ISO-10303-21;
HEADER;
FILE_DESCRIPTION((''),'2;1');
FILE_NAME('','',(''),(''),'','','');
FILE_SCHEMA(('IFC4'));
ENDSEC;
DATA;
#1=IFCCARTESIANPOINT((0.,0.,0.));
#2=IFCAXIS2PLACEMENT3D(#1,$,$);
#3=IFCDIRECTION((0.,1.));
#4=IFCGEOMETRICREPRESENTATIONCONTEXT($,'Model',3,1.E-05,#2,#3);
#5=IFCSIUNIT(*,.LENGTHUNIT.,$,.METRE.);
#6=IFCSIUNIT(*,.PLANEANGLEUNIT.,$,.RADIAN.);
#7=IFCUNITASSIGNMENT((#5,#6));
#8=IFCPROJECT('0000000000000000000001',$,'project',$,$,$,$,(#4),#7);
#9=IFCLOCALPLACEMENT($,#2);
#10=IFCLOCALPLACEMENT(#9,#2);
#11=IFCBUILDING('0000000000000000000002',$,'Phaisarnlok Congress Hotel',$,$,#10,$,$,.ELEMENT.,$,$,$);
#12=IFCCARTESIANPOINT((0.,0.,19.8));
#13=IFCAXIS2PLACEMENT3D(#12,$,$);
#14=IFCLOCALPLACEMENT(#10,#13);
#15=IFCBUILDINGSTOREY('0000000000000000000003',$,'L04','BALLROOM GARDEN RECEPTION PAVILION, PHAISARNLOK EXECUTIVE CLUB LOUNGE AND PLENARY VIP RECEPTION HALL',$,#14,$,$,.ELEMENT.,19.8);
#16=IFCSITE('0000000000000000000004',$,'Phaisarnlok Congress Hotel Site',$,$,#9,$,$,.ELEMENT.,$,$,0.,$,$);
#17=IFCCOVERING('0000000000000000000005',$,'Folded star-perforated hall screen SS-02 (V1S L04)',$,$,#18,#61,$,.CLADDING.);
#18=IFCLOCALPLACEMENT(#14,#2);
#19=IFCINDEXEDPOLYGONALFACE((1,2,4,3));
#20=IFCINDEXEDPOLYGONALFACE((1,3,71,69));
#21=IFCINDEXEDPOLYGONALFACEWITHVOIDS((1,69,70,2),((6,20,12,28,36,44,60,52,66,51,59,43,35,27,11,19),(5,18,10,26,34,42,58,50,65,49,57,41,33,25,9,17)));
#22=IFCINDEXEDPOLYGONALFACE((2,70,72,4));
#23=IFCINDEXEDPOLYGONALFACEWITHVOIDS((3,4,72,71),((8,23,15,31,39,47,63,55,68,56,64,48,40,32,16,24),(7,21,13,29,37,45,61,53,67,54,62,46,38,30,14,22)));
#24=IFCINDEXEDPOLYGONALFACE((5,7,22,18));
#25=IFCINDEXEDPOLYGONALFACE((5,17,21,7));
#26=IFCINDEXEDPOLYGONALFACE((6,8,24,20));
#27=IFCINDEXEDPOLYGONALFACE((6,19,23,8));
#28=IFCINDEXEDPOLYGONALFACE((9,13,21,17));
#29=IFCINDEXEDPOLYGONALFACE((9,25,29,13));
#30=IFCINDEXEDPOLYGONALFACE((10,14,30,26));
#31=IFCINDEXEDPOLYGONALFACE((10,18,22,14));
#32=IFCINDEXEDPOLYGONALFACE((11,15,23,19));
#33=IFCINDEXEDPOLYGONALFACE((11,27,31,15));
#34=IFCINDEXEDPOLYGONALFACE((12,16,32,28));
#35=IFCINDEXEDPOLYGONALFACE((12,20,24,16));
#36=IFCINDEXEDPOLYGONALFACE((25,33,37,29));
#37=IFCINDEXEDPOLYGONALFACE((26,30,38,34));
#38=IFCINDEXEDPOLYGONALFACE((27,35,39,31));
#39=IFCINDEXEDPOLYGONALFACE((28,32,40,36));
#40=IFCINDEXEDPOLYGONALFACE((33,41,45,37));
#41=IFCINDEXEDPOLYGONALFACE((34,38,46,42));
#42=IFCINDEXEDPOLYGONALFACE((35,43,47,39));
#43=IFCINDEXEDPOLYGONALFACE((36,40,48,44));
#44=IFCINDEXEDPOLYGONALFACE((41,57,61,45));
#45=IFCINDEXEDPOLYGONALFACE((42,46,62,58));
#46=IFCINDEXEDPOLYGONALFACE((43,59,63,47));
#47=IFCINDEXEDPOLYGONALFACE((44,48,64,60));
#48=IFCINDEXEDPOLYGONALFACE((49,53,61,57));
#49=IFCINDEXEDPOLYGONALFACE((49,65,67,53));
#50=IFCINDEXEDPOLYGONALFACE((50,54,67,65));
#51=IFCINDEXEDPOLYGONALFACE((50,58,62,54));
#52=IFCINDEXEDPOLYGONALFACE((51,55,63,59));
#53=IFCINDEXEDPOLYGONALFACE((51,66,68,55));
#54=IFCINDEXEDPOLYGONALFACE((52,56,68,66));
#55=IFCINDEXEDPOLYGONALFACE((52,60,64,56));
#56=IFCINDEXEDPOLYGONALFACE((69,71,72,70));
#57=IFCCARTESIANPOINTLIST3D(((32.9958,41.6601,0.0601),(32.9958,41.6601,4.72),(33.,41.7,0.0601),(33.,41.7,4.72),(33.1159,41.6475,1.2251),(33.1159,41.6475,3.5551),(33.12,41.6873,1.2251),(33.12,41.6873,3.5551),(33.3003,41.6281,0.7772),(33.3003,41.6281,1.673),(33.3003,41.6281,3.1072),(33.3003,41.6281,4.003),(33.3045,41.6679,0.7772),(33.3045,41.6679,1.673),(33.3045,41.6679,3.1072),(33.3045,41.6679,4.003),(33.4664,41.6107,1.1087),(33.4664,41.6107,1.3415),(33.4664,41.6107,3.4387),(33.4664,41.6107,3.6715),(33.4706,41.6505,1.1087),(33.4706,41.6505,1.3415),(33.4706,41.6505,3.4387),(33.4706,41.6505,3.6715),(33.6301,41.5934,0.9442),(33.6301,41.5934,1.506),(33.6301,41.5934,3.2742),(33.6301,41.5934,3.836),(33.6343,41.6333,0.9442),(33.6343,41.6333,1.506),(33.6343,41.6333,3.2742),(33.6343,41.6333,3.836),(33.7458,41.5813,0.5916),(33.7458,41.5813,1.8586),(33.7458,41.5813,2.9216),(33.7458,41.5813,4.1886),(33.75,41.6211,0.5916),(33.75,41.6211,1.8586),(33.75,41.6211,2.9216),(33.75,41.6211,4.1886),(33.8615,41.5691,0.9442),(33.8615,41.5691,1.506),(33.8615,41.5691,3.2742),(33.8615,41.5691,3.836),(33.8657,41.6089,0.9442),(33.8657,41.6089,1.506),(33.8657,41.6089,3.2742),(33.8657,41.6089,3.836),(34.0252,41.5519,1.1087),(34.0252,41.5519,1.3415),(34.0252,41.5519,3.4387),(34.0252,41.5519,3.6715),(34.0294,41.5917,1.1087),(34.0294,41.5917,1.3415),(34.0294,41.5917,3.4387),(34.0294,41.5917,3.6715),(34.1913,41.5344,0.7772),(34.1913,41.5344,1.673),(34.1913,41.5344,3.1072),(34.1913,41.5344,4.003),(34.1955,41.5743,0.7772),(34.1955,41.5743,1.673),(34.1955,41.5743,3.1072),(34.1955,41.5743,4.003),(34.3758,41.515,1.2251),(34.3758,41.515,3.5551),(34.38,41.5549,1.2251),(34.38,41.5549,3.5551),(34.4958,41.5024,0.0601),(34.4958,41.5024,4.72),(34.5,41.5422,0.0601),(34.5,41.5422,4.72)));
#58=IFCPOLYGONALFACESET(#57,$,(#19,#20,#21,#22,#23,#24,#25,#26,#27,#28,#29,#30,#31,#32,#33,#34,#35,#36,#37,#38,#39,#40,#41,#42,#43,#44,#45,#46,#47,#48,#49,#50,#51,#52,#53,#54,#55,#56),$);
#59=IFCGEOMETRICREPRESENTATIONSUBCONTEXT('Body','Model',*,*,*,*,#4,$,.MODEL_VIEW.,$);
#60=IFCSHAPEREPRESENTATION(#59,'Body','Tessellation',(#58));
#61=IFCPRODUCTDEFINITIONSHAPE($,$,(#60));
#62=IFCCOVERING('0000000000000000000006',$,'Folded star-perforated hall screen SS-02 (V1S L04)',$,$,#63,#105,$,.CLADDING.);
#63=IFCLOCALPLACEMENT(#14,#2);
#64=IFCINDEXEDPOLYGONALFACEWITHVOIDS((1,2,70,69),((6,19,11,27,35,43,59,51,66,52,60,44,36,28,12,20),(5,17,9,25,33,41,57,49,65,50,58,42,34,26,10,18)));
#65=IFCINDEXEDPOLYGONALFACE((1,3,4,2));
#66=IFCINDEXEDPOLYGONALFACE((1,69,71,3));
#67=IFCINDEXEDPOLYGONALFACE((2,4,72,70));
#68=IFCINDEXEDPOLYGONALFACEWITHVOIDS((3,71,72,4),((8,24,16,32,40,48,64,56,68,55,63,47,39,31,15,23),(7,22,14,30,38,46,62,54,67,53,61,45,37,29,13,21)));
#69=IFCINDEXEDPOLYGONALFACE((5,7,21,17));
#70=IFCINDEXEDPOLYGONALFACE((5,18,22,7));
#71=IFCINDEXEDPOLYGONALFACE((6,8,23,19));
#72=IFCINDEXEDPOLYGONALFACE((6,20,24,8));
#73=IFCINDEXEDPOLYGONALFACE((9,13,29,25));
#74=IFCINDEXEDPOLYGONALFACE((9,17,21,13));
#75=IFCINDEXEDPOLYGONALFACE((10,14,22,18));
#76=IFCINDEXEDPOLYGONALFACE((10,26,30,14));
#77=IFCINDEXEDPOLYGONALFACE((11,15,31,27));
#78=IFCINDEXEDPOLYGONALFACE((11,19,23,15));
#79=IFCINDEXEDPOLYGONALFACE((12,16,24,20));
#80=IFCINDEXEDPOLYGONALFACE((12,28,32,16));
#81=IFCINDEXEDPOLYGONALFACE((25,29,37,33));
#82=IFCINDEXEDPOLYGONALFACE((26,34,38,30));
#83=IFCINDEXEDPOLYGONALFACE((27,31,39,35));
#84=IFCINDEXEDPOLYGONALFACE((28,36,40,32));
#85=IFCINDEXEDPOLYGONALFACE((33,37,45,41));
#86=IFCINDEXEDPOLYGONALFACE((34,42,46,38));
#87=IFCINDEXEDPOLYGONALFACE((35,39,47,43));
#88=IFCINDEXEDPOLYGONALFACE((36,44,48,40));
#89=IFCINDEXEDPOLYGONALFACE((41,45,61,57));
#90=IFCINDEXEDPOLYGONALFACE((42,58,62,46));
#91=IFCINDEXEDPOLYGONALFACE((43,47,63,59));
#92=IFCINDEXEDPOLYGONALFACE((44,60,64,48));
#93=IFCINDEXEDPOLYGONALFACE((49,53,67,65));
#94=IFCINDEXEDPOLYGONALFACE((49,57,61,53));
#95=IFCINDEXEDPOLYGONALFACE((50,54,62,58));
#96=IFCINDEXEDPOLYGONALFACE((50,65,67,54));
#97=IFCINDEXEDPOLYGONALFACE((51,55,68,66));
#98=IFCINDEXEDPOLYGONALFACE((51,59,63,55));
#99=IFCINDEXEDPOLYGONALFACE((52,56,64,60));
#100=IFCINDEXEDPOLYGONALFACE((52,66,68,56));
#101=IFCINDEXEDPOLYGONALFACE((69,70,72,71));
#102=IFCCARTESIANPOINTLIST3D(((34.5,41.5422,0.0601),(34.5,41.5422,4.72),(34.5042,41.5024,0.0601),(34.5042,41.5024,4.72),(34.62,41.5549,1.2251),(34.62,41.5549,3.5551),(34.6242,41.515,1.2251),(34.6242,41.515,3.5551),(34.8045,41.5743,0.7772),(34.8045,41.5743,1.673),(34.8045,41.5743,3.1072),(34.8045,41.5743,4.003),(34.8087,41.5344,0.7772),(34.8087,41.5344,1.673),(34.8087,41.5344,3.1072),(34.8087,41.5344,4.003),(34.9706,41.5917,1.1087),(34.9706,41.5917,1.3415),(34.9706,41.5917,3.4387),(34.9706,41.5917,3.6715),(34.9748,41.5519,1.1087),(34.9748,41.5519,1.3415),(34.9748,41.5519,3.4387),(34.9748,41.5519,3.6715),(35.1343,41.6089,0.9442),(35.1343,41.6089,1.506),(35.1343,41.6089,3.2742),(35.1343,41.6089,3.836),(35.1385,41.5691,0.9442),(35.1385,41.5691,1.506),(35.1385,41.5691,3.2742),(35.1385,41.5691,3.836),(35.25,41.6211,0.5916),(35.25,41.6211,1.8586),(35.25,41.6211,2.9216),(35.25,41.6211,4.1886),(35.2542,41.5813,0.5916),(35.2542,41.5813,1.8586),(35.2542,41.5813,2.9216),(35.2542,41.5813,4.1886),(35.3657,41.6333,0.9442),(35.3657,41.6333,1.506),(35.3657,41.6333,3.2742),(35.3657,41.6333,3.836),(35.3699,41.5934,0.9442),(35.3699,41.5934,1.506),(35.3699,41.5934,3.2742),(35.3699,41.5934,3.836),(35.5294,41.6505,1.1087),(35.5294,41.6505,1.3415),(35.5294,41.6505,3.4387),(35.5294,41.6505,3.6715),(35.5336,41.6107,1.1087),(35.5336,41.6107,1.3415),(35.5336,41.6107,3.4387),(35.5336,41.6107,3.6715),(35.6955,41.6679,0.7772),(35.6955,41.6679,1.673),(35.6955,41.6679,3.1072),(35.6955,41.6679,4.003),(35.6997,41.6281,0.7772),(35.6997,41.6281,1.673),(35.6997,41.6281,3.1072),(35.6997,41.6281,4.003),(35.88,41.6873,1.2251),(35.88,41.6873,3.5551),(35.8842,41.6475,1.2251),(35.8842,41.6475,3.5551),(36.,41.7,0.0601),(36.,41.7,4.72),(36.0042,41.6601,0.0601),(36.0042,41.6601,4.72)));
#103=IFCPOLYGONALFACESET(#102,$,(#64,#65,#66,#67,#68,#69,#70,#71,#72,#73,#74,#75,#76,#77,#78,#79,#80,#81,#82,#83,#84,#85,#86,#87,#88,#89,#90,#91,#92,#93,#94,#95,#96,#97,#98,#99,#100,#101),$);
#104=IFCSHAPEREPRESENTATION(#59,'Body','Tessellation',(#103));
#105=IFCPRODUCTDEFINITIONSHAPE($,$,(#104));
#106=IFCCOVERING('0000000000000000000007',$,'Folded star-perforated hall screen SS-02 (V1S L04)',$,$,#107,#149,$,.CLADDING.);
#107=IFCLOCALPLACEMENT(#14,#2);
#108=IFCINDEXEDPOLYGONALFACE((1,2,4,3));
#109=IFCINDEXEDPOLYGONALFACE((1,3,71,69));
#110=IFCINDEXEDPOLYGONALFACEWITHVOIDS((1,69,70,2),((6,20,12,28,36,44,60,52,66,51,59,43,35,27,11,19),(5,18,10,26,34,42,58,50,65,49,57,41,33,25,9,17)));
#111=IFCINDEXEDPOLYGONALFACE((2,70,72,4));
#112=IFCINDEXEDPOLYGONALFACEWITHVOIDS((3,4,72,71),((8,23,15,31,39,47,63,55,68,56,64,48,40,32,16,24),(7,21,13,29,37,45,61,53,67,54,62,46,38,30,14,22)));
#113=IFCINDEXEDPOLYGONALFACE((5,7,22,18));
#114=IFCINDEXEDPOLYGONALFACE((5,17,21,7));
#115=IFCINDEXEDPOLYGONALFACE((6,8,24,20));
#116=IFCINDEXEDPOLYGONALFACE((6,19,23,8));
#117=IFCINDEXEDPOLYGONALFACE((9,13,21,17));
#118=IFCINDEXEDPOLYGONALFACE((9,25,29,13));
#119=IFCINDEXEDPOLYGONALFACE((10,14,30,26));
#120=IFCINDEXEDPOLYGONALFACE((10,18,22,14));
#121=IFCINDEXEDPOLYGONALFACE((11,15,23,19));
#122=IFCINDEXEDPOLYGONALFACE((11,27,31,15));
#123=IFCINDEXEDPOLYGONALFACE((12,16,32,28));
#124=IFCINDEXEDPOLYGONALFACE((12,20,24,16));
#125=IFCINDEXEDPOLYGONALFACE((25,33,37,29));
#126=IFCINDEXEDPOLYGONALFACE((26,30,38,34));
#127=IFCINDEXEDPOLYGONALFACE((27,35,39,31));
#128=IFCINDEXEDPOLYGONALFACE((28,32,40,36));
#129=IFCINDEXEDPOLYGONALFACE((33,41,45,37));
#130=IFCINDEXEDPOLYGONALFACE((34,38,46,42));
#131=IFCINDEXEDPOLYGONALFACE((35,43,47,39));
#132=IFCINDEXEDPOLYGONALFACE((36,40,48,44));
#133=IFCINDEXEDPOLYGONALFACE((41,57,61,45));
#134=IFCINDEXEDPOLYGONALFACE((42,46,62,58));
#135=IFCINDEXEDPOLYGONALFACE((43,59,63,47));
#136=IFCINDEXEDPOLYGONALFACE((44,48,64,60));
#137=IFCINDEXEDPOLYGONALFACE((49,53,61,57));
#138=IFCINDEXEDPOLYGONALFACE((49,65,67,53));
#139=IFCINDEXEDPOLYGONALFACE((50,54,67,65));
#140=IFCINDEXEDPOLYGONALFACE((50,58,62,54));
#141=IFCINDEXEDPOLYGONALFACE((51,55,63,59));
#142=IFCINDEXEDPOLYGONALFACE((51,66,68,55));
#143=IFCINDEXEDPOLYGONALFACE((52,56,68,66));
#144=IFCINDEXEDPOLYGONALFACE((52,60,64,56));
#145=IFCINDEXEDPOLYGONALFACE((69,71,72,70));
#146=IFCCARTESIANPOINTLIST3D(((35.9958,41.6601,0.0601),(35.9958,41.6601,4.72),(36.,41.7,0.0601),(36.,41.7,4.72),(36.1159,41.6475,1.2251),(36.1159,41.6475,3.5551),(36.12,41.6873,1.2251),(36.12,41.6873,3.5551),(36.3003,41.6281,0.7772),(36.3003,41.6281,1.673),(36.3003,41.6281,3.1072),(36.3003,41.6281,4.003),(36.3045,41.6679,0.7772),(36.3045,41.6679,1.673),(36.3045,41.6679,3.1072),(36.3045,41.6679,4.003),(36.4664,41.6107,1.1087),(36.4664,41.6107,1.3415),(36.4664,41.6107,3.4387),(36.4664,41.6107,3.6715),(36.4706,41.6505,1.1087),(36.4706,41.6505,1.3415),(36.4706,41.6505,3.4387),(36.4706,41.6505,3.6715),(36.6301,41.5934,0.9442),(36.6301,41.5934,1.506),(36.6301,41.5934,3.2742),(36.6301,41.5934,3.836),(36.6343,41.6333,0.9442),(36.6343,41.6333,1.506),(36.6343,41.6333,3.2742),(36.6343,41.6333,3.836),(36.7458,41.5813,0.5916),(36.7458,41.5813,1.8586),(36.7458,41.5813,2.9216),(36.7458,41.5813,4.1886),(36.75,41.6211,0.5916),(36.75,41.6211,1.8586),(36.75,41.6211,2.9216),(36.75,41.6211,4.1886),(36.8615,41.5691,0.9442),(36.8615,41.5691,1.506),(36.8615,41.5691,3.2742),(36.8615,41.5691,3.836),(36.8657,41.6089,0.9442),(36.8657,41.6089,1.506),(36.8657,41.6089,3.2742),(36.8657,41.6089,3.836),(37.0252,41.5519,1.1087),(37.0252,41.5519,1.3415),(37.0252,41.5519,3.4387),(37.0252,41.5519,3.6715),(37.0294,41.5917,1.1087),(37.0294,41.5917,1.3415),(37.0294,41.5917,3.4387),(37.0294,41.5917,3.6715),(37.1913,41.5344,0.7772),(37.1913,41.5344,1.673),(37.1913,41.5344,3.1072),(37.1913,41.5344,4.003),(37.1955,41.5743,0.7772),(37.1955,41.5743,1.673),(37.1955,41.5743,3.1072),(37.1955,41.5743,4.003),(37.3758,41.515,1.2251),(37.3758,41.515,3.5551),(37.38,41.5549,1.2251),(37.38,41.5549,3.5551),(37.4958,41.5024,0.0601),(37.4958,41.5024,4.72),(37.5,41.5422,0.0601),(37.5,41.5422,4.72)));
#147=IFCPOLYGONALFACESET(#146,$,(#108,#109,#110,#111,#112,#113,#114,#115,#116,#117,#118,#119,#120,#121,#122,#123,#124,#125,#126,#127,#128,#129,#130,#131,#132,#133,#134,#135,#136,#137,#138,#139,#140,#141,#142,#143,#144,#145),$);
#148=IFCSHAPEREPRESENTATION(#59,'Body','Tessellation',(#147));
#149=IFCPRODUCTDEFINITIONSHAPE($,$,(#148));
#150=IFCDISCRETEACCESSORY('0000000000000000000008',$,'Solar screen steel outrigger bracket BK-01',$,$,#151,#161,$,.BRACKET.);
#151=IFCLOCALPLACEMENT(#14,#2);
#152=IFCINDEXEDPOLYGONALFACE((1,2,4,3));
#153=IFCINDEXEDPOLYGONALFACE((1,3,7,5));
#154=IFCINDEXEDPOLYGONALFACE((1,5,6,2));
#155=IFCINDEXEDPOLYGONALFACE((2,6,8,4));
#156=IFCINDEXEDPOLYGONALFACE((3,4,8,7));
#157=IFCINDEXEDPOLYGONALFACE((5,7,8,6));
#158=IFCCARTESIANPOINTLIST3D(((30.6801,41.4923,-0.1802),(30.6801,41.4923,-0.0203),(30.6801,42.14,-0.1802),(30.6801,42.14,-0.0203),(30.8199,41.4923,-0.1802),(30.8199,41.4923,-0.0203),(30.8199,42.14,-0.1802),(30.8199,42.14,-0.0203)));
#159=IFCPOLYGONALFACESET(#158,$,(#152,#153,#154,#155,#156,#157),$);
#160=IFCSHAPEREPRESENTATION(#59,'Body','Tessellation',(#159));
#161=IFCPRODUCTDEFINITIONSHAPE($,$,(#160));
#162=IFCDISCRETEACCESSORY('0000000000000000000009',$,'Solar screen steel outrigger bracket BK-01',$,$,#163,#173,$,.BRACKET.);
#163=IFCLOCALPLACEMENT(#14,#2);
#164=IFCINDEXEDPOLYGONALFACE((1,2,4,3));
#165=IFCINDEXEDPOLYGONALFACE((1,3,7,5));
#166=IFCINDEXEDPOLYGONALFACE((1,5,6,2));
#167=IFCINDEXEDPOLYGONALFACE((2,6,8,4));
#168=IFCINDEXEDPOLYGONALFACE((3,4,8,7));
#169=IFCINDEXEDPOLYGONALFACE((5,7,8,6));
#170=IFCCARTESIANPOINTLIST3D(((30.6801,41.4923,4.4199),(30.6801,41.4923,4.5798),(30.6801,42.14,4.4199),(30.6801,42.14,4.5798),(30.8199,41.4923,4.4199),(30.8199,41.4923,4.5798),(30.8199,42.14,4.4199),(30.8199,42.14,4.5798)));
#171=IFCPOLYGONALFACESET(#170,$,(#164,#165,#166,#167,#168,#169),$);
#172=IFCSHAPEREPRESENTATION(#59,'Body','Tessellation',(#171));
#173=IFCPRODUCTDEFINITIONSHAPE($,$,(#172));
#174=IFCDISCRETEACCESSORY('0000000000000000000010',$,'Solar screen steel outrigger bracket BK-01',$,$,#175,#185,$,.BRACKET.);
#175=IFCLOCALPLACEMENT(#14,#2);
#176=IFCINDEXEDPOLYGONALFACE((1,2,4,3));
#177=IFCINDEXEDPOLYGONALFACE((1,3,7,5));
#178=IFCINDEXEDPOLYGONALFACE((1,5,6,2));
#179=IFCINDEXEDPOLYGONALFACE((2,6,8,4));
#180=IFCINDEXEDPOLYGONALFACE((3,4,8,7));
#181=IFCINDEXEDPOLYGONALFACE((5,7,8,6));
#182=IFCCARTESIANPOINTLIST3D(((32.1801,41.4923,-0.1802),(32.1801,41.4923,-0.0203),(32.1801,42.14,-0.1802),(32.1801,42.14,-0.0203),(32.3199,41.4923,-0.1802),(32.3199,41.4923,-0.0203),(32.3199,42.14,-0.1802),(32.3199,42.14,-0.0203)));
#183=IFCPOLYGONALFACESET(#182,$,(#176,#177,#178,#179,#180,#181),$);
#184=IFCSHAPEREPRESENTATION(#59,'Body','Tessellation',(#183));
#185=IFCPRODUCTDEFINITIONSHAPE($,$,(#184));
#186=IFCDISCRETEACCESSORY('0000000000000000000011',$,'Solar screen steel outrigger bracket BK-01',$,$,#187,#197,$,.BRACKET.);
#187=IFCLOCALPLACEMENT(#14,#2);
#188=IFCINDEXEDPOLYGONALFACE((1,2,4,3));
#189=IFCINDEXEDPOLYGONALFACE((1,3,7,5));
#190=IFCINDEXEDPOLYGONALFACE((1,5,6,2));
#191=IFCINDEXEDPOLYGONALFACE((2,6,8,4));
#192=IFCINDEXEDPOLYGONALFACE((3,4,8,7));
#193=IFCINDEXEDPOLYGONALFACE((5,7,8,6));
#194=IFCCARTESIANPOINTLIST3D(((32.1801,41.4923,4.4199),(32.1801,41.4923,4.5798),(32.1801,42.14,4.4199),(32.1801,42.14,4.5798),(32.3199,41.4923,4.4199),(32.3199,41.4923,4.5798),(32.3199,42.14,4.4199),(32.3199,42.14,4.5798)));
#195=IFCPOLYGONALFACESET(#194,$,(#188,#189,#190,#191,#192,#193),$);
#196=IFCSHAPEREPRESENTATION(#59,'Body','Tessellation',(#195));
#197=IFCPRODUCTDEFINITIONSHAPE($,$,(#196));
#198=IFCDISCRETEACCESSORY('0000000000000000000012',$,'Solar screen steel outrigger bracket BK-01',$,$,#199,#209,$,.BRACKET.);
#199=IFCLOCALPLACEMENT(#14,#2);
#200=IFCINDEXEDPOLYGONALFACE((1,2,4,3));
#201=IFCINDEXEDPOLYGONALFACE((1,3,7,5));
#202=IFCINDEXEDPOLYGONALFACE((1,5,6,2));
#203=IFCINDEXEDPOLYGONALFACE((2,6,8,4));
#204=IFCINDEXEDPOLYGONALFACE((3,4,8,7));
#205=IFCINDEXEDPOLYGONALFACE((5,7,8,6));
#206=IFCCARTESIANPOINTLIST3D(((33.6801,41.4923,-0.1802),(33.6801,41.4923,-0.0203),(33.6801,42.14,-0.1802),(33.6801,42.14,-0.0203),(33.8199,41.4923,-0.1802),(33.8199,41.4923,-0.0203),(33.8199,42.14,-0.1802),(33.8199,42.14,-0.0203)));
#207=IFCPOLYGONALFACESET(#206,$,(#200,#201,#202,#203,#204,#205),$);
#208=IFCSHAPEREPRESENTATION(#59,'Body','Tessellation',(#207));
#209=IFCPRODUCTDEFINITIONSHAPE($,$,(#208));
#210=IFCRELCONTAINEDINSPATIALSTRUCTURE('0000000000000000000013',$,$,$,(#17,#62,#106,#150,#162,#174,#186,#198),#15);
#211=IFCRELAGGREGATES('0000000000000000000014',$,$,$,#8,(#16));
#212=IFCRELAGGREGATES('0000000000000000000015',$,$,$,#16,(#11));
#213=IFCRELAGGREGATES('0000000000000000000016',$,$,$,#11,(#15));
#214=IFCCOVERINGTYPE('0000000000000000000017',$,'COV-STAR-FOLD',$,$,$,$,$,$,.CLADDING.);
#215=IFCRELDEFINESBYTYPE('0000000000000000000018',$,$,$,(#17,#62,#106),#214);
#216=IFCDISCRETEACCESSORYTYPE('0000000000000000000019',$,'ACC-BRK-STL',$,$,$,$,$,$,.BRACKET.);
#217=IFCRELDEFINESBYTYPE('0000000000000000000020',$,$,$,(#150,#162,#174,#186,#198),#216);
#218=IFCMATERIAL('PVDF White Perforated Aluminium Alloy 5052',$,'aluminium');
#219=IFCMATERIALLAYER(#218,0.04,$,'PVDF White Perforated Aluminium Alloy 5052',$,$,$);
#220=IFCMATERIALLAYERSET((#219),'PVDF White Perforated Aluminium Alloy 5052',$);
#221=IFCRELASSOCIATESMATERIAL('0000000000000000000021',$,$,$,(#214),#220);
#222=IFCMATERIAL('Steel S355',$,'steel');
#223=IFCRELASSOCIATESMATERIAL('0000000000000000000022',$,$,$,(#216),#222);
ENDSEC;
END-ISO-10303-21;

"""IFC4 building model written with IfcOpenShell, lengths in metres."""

from ifc_helpers import new_model, si_unit, direction, frame, origin, origin_2d, place, context, subcontext, project, spatial, polyline, rectangle, outline, extrude, material, layer, layer_set, type_object, element, save


model = new_model("IFC4")

# Units and contexts
model_context = context("Model", 3, precision=1e-05, world=origin(), true_north=direction((0.0, 1.0)))
body_context = subcontext(model_context, "Body", "Model", "MODEL_VIEW")
ifc_project = project(units=[si_unit("LENGTHUNIT", "METRE"), si_unit("PLANEANGLEUNIT", "RADIAN")], contexts=[model_context])

# Site, building, storey
site_placement = place(None, origin())
site = spatial("IfcSite", under=ifc_project, at=site_placement, Name="Phaisarnlok Congress Hotel Site", CompositionType="ELEMENT", RefElevation=0.0)
building_placement = place(site_placement, origin())
building = spatial("IfcBuilding", under=site, at=building_placement, Name="Phaisarnlok Congress Hotel", CompositionType="ELEMENT")
storey_placement = place(building_placement, frame((0.0, 0.0, 19.8)))
storey = spatial("IfcBuildingStorey", under=building, at=storey_placement, Name="L04", Description="BALLROOM GARDEN RECEPTION PAVILION, PHAISARNLOK EXECUTIVE CLUB LOUNGE AND PLENARY VIP RECEPTION HALL", CompositionType="ELEMENT", Elevation=19.8)

# Shared definitions
ifc_material_1 = material(Name="Steel S355", Category="steel")

# Coverings
ifc_material_2 = material(Name="PVDF White Perforated Aluminium Alloy 5052", Category="aluminium")
ifc_layer_1 = layer(ifc_material_2, 0.04, Name="PVDF White Perforated Aluminium Alloy 5052")
ifc_layer_set_1 = layer_set([ifc_layer_1], Name="PVDF White Perforated Aluminium Alloy 5052")
covering_type = type_object("IfcCoveringType", Name="COV-STAR-FOLD", PredefinedType="CLADDING", material=ifc_layer_set_1)
for number, where, z_axis, x_axis, name in (
    (1, (33.0, 41.7, 0.0601), (-0.104567, -0.994518, 0.0), (0.994518, -0.104567, 0.0), "Folded star-perforated hall screen SS-02 (V1S L04)"),
    (2, (34.5, 41.5422, 0.0601), (0.104567, -0.994518, 0.0), (0.994518, 0.104567, 0.0), "Folded star-perforated hall screen SS-02 (V1S L04)"),
    (3, (36.0, 41.7, 0.0601), (-0.104567, -0.994518, 0.0), (0.994518, -0.104567, 0.0), "Folded star-perforated hall screen SS-02 (V1S L04)"),
):
    element("IfcCovering", number, at=place(storey_placement, frame(where, z_axis=z_axis, x_axis=x_axis)), inside=storey, type_object=covering_type, Name=name, PredefinedType="CLADDING", context=body_context, shape_type="SweptSolid", body=[
        extrude(outline(polyline([(0.0, 0.0), (1.5083, 0.0), (1.5083, 4.6599), (0.0, 4.6599), (0.0, 0.0)]), holes=[polyline([(1.0351, 1.0486), (1.2021, 0.7171), (0.8705, 0.8841), (0.7541, 0.5315), (0.6378, 0.8841), (0.3062, 0.7171), (0.4732, 1.0486), (0.1207, 1.165), (0.4732, 1.2814), (0.3062, 1.6129), (0.6378, 1.4459), (0.7541, 1.7985), (0.8705, 1.4459), (1.2021, 1.6129), (1.0351, 1.2814), (1.3876, 1.165), (1.0351, 1.0486)]), polyline([(1.0351, 3.3786), (1.2021, 3.0471), (0.8705, 3.2141), (0.7541, 2.8615), (0.6378, 3.2141), (0.3062, 3.0471), (0.4732, 3.3786), (0.1207, 3.495), (0.4732, 3.6114), (0.3062, 3.9429), (0.6378, 3.7759), (0.7541, 4.1285), (0.8705, 3.7759), (1.2021, 3.9429), (1.0351, 3.6114), (1.3876, 3.495), (1.0351, 3.3786)])]), origin(), (0.0, 0.0, 1.0), 0.04),
    ])

# Discrete accessories
discrete_accessory_type = type_object("IfcDiscreteAccessoryType", Name="ACC-BRK-STL", PredefinedType="BRACKET", material=ifc_material_1)
for number, where, z_axis, x_axis, name in (
    (4, (30.75, 41.8162, -0.1802), (0.0, 0.0, 1.0), (1.0, 0.0, 0.0), "Solar screen steel outrigger bracket BK-01"),
    (5, (30.75, 41.8162, 4.4199), (0.0, 0.0, 1.0), (1.0, 0.0, 0.0), "Solar screen steel outrigger bracket BK-01"),
    (6, (32.25, 41.8162, -0.1802), (0.0, 0.0, 1.0), (1.0, 0.0, 0.0), "Solar screen steel outrigger bracket BK-01"),
    (7, (32.25, 41.8162, 4.4199), (0.0, 0.0, 1.0), (1.0, 0.0, 0.0), "Solar screen steel outrigger bracket BK-01"),
    (8, (33.75, 41.8162, -0.1802), (0.0, 0.0, 1.0), (1.0, 0.0, 0.0), "Solar screen steel outrigger bracket BK-01"),
):
    element("IfcDiscreteAccessory", number, at=place(storey_placement, frame(where, z_axis=z_axis, x_axis=x_axis)), inside=storey, type_object=discrete_accessory_type, Name=name, PredefinedType="BRACKET", context=body_context, shape_type="SweptSolid", body=[
        extrude(rectangle(XDim=0.1399, YDim=0.6477, at=origin_2d()), origin(), (0.0, 0.0, 1.0), 0.1599),
    ])

save(model, "model.ifc")
